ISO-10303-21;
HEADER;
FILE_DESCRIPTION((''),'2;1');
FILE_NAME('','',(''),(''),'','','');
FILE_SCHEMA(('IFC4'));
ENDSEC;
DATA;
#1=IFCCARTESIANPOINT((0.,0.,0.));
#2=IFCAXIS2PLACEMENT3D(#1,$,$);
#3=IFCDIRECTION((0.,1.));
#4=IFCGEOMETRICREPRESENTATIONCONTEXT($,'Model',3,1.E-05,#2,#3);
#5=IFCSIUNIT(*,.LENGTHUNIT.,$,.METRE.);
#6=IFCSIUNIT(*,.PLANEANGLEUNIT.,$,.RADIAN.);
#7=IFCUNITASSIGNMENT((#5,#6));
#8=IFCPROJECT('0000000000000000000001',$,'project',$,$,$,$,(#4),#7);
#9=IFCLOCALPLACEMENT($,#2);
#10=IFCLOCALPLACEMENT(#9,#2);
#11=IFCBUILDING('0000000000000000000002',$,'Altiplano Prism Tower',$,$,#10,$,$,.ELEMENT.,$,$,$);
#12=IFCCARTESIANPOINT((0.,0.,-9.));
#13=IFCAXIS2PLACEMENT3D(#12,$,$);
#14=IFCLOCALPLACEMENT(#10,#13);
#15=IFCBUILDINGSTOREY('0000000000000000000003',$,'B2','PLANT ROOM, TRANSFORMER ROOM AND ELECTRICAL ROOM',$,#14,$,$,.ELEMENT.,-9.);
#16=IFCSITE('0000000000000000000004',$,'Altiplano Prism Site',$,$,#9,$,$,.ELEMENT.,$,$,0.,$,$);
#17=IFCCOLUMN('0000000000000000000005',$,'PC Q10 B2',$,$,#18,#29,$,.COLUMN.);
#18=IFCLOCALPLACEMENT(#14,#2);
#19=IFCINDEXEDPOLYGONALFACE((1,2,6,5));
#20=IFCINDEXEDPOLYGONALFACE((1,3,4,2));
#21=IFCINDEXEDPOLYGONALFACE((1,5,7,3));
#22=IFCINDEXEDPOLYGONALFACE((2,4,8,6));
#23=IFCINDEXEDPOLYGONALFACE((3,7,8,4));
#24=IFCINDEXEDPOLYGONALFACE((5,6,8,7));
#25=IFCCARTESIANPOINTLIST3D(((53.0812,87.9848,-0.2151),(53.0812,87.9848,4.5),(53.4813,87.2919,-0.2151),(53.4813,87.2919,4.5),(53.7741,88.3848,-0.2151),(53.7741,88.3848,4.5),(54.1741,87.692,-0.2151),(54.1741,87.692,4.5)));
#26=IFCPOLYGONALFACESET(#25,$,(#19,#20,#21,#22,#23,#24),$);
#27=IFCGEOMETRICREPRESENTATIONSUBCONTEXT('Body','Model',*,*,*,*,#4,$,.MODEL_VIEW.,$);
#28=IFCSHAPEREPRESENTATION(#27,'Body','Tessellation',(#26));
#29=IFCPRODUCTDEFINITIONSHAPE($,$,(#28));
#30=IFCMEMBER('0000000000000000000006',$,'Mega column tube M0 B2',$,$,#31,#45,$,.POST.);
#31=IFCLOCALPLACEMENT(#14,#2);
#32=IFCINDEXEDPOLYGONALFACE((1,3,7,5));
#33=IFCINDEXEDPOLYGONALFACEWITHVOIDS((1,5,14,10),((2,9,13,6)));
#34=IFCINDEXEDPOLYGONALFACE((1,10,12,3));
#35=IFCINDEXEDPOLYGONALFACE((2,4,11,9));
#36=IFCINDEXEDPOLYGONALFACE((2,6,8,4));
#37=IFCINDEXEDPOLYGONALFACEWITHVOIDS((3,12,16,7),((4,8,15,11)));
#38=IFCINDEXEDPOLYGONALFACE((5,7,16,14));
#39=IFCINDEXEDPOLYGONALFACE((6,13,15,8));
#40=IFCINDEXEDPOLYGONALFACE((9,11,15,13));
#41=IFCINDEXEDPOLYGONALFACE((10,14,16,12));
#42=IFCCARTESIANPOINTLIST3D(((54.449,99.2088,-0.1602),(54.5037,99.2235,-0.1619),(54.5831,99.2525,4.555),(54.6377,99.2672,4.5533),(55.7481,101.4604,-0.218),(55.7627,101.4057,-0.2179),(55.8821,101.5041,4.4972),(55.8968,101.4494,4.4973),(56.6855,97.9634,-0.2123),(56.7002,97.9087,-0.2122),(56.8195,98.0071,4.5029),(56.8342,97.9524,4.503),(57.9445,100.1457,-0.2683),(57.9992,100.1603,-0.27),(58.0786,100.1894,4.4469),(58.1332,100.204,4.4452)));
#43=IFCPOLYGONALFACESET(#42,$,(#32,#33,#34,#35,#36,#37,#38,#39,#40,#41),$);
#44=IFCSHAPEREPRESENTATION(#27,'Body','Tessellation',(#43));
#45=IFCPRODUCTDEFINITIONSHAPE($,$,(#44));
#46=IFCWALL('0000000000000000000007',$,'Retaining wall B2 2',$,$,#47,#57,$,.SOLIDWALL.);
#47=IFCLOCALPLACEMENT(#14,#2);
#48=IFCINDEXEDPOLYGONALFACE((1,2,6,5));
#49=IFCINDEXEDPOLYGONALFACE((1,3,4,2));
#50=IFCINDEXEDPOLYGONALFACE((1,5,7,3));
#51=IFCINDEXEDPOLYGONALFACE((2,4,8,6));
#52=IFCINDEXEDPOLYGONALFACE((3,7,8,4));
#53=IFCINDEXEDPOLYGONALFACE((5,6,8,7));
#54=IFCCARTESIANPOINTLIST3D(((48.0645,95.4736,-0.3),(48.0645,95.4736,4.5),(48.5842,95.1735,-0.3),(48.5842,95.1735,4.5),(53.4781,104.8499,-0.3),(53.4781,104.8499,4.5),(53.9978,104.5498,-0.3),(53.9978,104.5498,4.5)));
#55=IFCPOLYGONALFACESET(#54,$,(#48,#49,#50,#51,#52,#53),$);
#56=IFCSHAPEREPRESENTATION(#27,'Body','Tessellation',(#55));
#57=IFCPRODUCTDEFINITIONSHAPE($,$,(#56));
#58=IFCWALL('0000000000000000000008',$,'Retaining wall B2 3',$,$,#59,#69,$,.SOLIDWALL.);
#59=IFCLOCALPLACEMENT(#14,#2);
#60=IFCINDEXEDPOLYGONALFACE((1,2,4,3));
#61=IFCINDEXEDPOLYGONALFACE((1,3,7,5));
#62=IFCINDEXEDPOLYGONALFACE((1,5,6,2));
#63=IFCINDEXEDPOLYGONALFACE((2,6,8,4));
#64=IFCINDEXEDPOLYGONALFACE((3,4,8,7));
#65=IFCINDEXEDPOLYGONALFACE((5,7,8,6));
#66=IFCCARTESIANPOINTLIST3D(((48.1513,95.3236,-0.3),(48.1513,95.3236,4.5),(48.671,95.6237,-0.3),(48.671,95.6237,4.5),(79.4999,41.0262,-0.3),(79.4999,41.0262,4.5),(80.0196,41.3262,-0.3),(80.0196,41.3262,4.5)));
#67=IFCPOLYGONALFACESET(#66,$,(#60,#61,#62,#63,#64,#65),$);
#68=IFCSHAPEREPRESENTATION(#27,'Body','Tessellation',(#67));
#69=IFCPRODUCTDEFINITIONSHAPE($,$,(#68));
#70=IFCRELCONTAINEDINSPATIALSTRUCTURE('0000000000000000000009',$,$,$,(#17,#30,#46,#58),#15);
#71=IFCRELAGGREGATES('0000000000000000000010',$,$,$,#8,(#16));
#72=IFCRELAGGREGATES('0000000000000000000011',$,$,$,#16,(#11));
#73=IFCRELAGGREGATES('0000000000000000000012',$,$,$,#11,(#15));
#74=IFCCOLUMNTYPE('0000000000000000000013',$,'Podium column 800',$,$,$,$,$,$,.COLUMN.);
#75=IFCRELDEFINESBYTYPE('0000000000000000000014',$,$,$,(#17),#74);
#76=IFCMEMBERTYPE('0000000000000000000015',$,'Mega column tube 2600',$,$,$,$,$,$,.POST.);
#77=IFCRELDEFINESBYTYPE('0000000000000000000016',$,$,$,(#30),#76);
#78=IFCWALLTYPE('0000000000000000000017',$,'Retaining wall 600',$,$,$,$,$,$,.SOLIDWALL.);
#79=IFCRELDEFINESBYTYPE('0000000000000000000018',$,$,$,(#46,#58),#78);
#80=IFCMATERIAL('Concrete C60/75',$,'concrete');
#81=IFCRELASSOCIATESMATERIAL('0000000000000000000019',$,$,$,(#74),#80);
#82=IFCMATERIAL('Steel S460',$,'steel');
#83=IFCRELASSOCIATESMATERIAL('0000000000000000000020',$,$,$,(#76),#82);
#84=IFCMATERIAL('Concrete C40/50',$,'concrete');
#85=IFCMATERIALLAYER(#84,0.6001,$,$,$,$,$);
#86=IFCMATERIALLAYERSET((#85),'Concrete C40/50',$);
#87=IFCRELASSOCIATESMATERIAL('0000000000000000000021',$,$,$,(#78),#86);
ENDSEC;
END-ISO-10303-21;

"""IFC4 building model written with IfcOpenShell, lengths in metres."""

from ifc_helpers import new_model, si_unit, direction, frame, frame_2d, origin, origin_2d, place, context, subcontext, project, spatial, rectangle, hollow_rectangle, extrude, material, layer, layer_set, material_profile, profile_set, type_object, element, save


model = new_model("IFC4")

# Units and contexts
model_context = context("Model", 3, precision=1e-05, world=origin(), true_north=direction((0.0, 1.0)))
body_context = subcontext(model_context, "Body", "Model", "MODEL_VIEW")
ifc_project = project(units=[si_unit("LENGTHUNIT", "METRE"), si_unit("PLANEANGLEUNIT", "RADIAN")], contexts=[model_context])

# Site, building, storey
site_placement = place(None, origin())
site = spatial("IfcSite", under=ifc_project, at=site_placement, Name="Altiplano Prism Site", CompositionType="ELEMENT", RefElevation=0.0)
building_placement = place(site_placement, origin())
building = spatial("IfcBuilding", under=site, at=building_placement, Name="Altiplano Prism Tower", CompositionType="ELEMENT")
storey_placement = place(building_placement, frame((0.0, 0.0, -9.0)))
storey = spatial("IfcBuildingStorey", under=building, at=storey_placement, Name="B2", Description="PLANT ROOM, TRANSFORMER ROOM AND ELECTRICAL ROOM", CompositionType="ELEMENT", Elevation=-9.0)

# Column
ifc_material_1 = material(Name="Concrete C60/75", Category="concrete")
ifc_material_profile_1 = material_profile(ifc_material_1, rectangle(XDim=0.8, YDim=0.8, at=origin_2d()), Name="Podium column 800")
ifc_profile_set_1 = profile_set([ifc_material_profile_1], Name="Concrete C60/75")
column_type_1 = type_object("IfcColumnType", Name="Podium column 800", PredefinedType="COLUMN", material=ifc_profile_set_1)
for number, where, z_axis, x_axis, name in (
    (1, (53.6277, 87.8384, -0.2151), (0.0, 0.0, 1.0), (0.866025, 0.5, 0.0), "PC Q10 B2"),
):
    element("IfcColumn", number, at=place(storey_placement, frame(where, z_axis=z_axis, x_axis=x_axis)), inside=storey, type_object=column_type_1, Name=name, PredefinedType="COLUMN", context=body_context, shape_type="SweptSolid", body=[
        extrude(rectangle(XDim=0.8, YDim=0.8, at=origin_2d()), origin(), (0.0, 0.0, 1.0), 4.7151),
    ])

# Member
ifc_material_2 = material(Name="Steel S460", Category="steel")
ifc_material_profile_2 = material_profile(ifc_material_2, hollow_rectangle(XDim=2.6001, YDim=2.6001, WallThickness=0.04, at=origin_2d()), Name="Mega column tube 2600")
ifc_profile_set_2 = profile_set([ifc_material_profile_2], Name="Steel S460")
member_type = type_object("IfcMemberType", Name="Mega column tube 2600", PredefinedType="POST", material=ifc_profile_set_2)
member_placement = place(storey_placement, frame((56.2241, 99.6846, -0.2151), z_axis=(0.028414, 0.009264, 0.999553), x_axis=(-0.865782, 0.500023, 0.019977)))
element("IfcMember", 2, at=member_placement, inside=storey, type_object=member_type, Name="Mega column tube M0 B2", PredefinedType="POST", context=body_context, shape_type="SweptSolid", body=[
    extrude(hollow_rectangle(XDim=2.6001, YDim=2.6001, WallThickness=0.04, at=origin_2d()), origin(), (0.0, 0.0, 1.0), 4.7173),
])

# Walls
ifc_material_3 = material(Name="Concrete C40/50", Category="concrete")
ifc_layer = layer(ifc_material_3, 0.6001)
ifc_layer_set = layer_set([ifc_layer], Name="Concrete C40/50")
wall_type = type_object("IfcWallType", Name="Retaining wall 600", PredefinedType="SOLIDWALL", material=ifc_layer_set)
wall_1_placement = place(storey_placement, frame((53.738, 104.7, -0.3), z_axis=(0.0, 0.0, 1.0), x_axis=(-0.500015, -0.866017, 0.0)))
element("IfcWall", 3, at=wall_1_placement, inside=storey, type_object=wall_type, Name="Retaining wall B2 2", PredefinedType="SOLIDWALL", context=body_context, shape_type="SweptSolid", body=[
    extrude(rectangle(XDim=10.8269, YDim=0.6001, at=frame_2d((5.4136, 0.0))), origin(), (0.0, 0.0, 1.0), 4.8),
])
wall_2_placement = place(storey_placement, frame((48.4111, 95.4736, -0.3), z_axis=(0.0, 0.0, 1.0), x_axis=(0.5, -0.866025, 0.0)))
element("IfcWall", 4, at=wall_2_placement, inside=storey, type_object=wall_type, Name="Retaining wall B2 3", PredefinedType="SOLIDWALL", context=body_context, shape_type="SweptSolid", body=[
    extrude(rectangle(XDim=62.6973, YDim=0.6001, at=frame_2d((31.3486, 0.0))), origin(), (0.0, 0.0, 1.0), 4.8),
])

save(model, "model.ifc")
